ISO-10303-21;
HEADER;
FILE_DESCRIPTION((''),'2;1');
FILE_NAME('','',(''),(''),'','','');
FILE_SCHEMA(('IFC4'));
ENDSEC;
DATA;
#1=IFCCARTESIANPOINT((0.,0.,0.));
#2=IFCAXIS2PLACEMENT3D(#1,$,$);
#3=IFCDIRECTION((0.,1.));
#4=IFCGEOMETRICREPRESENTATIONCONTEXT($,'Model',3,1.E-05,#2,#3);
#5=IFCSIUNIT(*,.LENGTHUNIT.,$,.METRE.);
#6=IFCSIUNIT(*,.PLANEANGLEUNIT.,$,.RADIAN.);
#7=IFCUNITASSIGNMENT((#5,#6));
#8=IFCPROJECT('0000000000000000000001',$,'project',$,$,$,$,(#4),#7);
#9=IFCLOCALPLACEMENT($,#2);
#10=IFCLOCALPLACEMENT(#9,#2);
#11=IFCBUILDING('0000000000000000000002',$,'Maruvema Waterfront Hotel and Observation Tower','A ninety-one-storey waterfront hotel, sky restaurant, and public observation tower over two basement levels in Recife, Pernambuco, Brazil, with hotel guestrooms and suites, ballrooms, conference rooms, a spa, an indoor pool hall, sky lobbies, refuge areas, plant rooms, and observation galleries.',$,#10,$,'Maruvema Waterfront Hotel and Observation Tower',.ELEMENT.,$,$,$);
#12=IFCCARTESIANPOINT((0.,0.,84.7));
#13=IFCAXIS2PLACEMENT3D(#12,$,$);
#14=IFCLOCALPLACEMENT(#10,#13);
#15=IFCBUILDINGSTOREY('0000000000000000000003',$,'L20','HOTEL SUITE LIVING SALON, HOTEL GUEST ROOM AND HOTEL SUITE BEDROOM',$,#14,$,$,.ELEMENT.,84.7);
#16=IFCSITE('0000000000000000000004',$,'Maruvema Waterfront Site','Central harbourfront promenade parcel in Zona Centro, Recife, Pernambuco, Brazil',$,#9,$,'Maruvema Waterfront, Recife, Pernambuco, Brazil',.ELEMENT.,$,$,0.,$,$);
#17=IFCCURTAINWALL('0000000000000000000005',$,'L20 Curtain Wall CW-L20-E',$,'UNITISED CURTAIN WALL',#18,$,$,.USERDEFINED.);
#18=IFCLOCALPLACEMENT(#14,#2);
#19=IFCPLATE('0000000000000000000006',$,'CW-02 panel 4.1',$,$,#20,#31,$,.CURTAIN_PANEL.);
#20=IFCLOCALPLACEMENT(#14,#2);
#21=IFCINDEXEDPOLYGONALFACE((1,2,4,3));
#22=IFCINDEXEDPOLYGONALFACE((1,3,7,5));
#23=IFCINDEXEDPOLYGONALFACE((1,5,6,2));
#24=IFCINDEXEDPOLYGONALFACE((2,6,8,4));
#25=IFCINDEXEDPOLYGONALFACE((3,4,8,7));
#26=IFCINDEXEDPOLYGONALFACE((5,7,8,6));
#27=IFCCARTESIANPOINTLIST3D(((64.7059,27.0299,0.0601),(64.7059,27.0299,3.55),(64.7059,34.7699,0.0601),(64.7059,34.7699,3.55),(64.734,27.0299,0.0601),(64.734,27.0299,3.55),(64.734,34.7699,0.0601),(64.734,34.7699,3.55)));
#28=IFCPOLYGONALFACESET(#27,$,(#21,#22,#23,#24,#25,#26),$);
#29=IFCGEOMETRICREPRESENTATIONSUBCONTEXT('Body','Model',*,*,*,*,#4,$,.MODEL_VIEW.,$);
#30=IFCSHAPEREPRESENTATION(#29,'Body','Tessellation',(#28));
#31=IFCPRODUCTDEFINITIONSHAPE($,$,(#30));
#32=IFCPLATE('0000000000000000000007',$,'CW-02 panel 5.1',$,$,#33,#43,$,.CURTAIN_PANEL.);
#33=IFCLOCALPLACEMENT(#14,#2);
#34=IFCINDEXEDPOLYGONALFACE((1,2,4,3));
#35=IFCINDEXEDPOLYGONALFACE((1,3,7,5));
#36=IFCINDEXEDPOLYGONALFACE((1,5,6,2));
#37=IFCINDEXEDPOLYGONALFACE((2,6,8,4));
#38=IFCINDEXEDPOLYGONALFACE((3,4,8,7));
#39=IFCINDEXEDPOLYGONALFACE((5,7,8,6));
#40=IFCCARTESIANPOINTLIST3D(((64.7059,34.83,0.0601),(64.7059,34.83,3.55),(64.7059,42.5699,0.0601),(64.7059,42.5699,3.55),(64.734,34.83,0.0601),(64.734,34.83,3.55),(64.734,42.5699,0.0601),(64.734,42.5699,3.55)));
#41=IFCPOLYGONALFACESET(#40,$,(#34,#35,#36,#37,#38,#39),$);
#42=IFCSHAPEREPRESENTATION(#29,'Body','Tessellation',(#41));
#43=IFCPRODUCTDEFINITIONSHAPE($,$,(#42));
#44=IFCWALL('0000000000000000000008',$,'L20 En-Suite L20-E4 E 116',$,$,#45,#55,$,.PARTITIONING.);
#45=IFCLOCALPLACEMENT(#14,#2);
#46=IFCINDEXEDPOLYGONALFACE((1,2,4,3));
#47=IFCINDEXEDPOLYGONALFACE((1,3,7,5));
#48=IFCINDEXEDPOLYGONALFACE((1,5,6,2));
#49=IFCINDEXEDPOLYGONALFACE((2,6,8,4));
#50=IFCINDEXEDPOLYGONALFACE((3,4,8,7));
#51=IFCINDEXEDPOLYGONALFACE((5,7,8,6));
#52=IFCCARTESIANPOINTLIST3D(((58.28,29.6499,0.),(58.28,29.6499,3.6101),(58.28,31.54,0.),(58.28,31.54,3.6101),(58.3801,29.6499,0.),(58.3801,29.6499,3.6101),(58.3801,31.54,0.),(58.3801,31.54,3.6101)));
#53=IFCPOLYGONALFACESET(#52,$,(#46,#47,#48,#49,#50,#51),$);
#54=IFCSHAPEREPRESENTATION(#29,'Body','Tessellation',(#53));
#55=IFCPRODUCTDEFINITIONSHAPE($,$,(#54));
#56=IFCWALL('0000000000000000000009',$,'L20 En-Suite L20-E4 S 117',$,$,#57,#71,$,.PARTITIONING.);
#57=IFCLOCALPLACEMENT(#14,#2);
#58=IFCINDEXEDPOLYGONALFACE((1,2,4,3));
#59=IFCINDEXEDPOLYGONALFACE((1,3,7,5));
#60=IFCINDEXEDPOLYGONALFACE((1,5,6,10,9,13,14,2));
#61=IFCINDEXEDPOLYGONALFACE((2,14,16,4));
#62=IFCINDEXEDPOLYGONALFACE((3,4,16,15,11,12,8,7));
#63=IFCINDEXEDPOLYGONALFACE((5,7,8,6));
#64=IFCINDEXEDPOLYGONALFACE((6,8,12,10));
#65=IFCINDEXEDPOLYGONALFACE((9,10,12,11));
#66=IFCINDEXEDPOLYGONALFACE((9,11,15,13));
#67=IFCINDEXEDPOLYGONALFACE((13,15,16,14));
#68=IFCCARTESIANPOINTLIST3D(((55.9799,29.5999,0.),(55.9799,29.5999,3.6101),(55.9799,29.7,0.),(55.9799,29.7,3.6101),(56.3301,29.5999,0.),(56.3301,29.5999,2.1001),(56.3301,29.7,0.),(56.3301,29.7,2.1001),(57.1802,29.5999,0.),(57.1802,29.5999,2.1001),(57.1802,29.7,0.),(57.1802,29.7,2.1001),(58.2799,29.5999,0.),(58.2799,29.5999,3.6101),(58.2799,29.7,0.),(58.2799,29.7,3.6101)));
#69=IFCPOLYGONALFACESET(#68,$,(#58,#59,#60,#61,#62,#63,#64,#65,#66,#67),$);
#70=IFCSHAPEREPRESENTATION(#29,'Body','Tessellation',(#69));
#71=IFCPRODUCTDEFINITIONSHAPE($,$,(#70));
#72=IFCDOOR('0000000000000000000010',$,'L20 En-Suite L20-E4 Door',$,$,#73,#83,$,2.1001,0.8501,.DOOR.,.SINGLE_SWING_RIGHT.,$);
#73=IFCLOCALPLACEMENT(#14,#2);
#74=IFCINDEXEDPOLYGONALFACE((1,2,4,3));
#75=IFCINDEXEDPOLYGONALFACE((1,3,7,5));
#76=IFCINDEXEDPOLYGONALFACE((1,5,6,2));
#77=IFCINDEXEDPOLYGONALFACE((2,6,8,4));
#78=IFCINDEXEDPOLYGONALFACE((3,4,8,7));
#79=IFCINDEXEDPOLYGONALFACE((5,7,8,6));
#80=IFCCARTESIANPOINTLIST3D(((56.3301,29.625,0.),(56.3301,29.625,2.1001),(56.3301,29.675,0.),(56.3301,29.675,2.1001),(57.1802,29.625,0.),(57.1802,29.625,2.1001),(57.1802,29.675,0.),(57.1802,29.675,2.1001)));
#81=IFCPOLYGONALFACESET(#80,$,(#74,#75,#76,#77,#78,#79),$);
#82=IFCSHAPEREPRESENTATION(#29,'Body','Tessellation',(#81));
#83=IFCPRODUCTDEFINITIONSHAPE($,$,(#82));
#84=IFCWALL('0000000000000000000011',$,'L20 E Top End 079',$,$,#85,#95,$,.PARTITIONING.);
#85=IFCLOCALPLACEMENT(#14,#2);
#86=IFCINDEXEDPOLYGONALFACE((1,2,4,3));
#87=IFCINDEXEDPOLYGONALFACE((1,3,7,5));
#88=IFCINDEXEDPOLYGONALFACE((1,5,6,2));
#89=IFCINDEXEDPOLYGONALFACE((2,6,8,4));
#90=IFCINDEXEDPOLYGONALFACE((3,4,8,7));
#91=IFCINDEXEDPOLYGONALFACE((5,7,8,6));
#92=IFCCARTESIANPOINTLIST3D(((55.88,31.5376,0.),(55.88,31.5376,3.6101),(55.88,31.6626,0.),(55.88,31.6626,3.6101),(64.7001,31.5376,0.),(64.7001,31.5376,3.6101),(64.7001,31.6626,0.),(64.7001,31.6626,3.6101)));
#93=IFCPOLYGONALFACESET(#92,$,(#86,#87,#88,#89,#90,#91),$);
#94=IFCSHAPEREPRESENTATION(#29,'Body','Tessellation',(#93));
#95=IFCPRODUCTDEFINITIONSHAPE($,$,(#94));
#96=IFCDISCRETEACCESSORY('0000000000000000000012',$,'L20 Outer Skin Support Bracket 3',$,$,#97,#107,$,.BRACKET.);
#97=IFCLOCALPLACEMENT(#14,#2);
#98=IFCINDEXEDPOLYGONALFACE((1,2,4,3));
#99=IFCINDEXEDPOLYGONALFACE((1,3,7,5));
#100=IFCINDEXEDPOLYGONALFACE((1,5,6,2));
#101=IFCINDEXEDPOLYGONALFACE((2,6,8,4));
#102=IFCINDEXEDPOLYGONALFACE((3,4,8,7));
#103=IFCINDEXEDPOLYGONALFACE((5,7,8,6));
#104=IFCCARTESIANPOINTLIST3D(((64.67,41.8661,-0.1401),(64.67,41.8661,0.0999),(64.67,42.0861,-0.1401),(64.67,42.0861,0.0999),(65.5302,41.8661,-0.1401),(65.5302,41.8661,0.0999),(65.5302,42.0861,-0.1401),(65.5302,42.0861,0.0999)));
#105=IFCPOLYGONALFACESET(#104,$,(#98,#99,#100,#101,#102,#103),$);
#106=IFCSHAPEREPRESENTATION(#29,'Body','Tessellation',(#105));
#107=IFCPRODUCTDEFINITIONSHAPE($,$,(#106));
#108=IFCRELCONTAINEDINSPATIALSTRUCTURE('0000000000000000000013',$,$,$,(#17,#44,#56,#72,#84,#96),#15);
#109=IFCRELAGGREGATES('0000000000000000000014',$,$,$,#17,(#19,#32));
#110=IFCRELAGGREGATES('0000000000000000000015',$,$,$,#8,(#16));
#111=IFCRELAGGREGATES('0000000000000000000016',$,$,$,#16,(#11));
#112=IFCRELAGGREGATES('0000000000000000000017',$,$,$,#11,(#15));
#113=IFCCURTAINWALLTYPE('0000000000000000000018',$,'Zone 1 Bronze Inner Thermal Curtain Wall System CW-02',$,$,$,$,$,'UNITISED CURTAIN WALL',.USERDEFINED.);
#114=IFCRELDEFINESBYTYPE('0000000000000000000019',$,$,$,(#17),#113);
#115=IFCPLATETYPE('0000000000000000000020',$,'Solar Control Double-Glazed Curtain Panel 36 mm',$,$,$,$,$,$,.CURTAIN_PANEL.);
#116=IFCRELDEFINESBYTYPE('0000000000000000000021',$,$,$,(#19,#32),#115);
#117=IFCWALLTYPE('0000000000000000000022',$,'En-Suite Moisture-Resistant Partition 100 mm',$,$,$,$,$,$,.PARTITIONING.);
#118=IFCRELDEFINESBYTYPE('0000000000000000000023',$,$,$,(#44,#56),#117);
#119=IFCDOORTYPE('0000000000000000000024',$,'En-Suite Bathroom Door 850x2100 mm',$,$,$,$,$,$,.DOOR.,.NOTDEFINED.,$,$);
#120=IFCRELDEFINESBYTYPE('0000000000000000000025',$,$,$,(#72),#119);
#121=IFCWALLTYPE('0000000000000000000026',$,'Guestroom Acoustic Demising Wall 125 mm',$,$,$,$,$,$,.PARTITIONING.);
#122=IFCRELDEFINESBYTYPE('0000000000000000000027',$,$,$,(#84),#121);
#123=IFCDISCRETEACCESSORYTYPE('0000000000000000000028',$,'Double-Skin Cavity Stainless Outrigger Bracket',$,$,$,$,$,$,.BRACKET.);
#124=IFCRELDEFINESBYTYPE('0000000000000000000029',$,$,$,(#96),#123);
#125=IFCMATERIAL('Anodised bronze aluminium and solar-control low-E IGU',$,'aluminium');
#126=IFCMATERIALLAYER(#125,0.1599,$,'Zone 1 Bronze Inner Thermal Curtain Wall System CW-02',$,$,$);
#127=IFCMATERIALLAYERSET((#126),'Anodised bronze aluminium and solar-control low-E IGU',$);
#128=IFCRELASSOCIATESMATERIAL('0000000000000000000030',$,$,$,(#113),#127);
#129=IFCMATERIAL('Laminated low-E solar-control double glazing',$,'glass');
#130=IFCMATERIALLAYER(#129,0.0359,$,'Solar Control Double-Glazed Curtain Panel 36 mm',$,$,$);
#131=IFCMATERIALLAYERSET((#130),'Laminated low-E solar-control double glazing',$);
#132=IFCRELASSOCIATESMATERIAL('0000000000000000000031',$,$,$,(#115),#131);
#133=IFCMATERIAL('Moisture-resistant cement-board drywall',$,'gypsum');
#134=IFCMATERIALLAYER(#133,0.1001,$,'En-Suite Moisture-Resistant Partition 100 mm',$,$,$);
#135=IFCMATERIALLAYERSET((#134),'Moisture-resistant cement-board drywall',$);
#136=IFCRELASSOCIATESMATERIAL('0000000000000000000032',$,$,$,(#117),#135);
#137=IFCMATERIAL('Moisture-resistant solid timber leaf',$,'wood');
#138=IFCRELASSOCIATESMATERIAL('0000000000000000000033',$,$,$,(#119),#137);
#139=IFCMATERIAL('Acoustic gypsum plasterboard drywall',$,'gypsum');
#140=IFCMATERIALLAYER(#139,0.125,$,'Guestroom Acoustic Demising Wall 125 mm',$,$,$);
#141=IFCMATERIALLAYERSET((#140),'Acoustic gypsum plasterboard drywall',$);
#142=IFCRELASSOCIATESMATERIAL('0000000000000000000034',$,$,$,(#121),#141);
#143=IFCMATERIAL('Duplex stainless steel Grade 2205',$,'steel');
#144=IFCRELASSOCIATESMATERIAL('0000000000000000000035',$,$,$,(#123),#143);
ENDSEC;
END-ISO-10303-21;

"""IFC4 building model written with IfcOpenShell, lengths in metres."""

from ifc_helpers import new_model, si_unit, direction, frame, frame_2d, origin, origin_2d, place, context, subcontext, project, spatial, rectangle, extrude, material, layer, layer_set, type_object, element, fill, aggregate, save


model = new_model("IFC4")

# Units and contexts
model_context = context("Model", 3, precision=1e-05, world=origin(), true_north=direction((0.0, 1.0)))
body_context = subcontext(model_context, "Body", "Model", "MODEL_VIEW")
ifc_project = project(units=[si_unit("LENGTHUNIT", "METRE"), si_unit("PLANEANGLEUNIT", "RADIAN")], contexts=[model_context])

# Site, building, storey
site_placement = place(None, origin())
site = spatial("IfcSite", under=ifc_project, at=site_placement, Name="Maruvema Waterfront Site", Description="Central harbourfront promenade parcel in Zona Centro, Recife, Pernambuco, Brazil", LongName="Maruvema Waterfront, Recife, Pernambuco, Brazil", CompositionType="ELEMENT", RefElevation=0.0)
building_placement = place(site_placement, origin())
building = spatial("IfcBuilding", under=site, at=building_placement, Name="Maruvema Waterfront Hotel and Observation Tower", Description="A ninety-one-storey waterfront hotel, sky restaurant, and public observation tower over two basement levels in Recife, Pernambuco, Brazil, with hotel guestrooms and suites, ballrooms, conference rooms, a spa, an indoor pool hall, sky lobbies, refuge areas, plant rooms, and observation galleries.", LongName="Maruvema Waterfront Hotel and Observation Tower", CompositionType="ELEMENT")
storey_placement = place(building_placement, frame((0.0, 0.0, 84.7)))
storey = spatial("IfcBuildingStorey", under=building, at=storey_placement, Name="L20", Description="HOTEL SUITE LIVING SALON, HOTEL GUEST ROOM AND HOTEL SUITE BEDROOM", CompositionType="ELEMENT", Elevation=84.7)

# Curtain wall
ifc_material_1 = material(Name="Anodised bronze aluminium and solar-control low-E IGU", Category="aluminium")
ifc_layer_1 = layer(ifc_material_1, 0.1599, Name="Zone 1 Bronze Inner Thermal Curtain Wall System CW-02")
ifc_layer_set_1 = layer_set([ifc_layer_1], Name="Anodised bronze aluminium and solar-control low-E IGU")
curtain_wall_type = type_object("IfcCurtainWallType", Name="Zone 1 Bronze Inner Thermal Curtain Wall System CW-02", ElementType="UNITISED CURTAIN WALL", PredefinedType="USERDEFINED", material=ifc_layer_set_1)
curtain_wall_placement = place(storey_placement, origin())
curtain_wall = element("IfcCurtainWall", 1, at=curtain_wall_placement, inside=storey, type_object=curtain_wall_type, Name="L20 Curtain Wall CW-L20-E", ObjectType="UNITISED CURTAIN WALL", PredefinedType="USERDEFINED")

# Plates
ifc_material_2 = material(Name="Laminated low-E solar-control double glazing", Category="glass")
ifc_layer_2 = layer(ifc_material_2, 0.0359, Name="Solar Control Double-Glazed Curtain Panel 36 mm")
ifc_layer_set_2 = layer_set([ifc_layer_2], Name="Laminated low-E solar-control double glazing")
plate_type = type_object("IfcPlateType", Name="Solar Control Double-Glazed Curtain Panel 36 mm", PredefinedType="CURTAIN_PANEL", material=ifc_layer_set_2)
plate_1_placement = place(storey_placement, frame((64.72, 30.8999, 0.0601), z_axis=(0.0, 0.0, 1.0), x_axis=(0.0, 1.0, 0.0)))
plate_1 = element("IfcPlate", 2, at=plate_1_placement, type_object=plate_type, Name="CW-02 panel 4.1", PredefinedType="CURTAIN_PANEL", context=body_context, shape_type="SweptSolid", body=[
    extrude(rectangle(XDim=7.74, YDim=0.0281, at=origin_2d()), origin(), (0.0, 0.0, 1.0), 3.49),
])
plate_2_placement = place(storey_placement, frame((64.72, 38.7, 0.0601), z_axis=(0.0, 0.0, 1.0), x_axis=(0.0, 1.0, 0.0)))
plate_2 = element("IfcPlate", 3, at=plate_2_placement, type_object=plate_type, Name="CW-02 panel 5.1", PredefinedType="CURTAIN_PANEL", context=body_context, shape_type="SweptSolid", body=[
    extrude(rectangle(XDim=7.74, YDim=0.0281, at=origin_2d()), origin(), (0.0, 0.0, 1.0), 3.49),
])
aggregate(curtain_wall, [plate_1, plate_2])

# Wall
ifc_material_3 = material(Name="Moisture-resistant cement-board drywall", Category="gypsum")
ifc_layer_3 = layer(ifc_material_3, 0.1001, Name="En-Suite Moisture-Resistant Partition 100 mm")
ifc_layer_set_3 = layer_set([ifc_layer_3], Name="Moisture-resistant cement-board drywall")
wall_type_1 = type_object("IfcWallType", Name="En-Suite Moisture-Resistant Partition 100 mm", PredefinedType="PARTITIONING", material=ifc_layer_set_3)
wall_1_placement = place(storey_placement, frame((58.3301, 29.6499, 0.0), z_axis=(0.0, 0.0, 1.0), x_axis=(0.0, 1.0, 0.0)))
element("IfcWall", 4, at=wall_1_placement, inside=storey, type_object=wall_type_1, Name="L20 En-Suite L20-E4 E 116", PredefinedType="PARTITIONING", context=body_context, shape_type="SweptSolid", body=[
    extrude(rectangle(XDim=1.8901, YDim=0.1001, at=frame_2d((0.9451, 0.0))), origin(), (0.0, 0.0, 1.0), 3.6101),
])

# Wall, opening, door
wall_2_placement = place(storey_placement, frame((55.98, 29.6499, 0.0), z_axis=(0.0, 0.0, 1.0), x_axis=(1.0, 0.0, 0.0)))
wall_2 = element("IfcWall", 5, at=wall_2_placement, inside=storey, type_object=wall_type_1, Name="L20 En-Suite L20-E4 S 117", PredefinedType="PARTITIONING", context=body_context, shape_type="SweptSolid", body=[
    extrude(rectangle(XDim=2.3, YDim=0.1001, at=frame_2d((1.1499, 0.0))), origin(), (0.0, 0.0, 1.0), 3.6101),
])
opening_placement = place(wall_2_placement, frame((0.3501, 0.0, 0.0)))
opening = element("IfcOpeningElement", 6, at=opening_placement, cuts=wall_2, PredefinedType="OPENING", context=body_context, shape_type="SweptSolid", body=[
    extrude(rectangle(XDim=0.8501, YDim=2.1001, at=frame_2d((0.425, 1.05))), frame((0.0, 0.0601, 0.0), z_axis=(0.0, -1.0, 0.0), x_axis=(1.0, 0.0, 0.0)), (0.0, 0.0, 1.0), 0.1201),
])
ifc_material_4 = material(Name="Moisture-resistant solid timber leaf", Category="wood")
door_type = type_object("IfcDoorType", Name="En-Suite Bathroom Door 850x2100 mm", OperationType="NOTDEFINED", PredefinedType="DOOR", material=ifc_material_4)
door_placement = place(opening_placement, frame((0.8501, 0.0, 0.0), z_axis=(0.0, 0.0, 1.0), x_axis=(-1.0, 0.0, 0.0)))
door = element("IfcDoor", 7, at=door_placement, inside=storey, type_object=door_type, Name="L20 En-Suite L20-E4 Door", OperationType="SINGLE_SWING_RIGHT", OverallHeight=2.1001, OverallWidth=0.8501, PredefinedType="DOOR", context=body_context, shape_type="SweptSolid", body=[
    extrude(rectangle(XDim=0.8501, YDim=2.1001, at=frame_2d((0.425, 1.05))), frame((0.0, 0.0249, 0.0), z_axis=(0.0, -1.0, 0.0), x_axis=(1.0, 0.0, 0.0)), (0.0, 0.0, 1.0), 0.05),
])
fill(opening, door)

# Wall
ifc_material_5 = material(Name="Acoustic gypsum plasterboard drywall", Category="gypsum")
ifc_layer_4 = layer(ifc_material_5, 0.125, Name="Guestroom Acoustic Demising Wall 125 mm")
ifc_layer_set_4 = layer_set([ifc_layer_4], Name="Acoustic gypsum plasterboard drywall")
wall_type_2 = type_object("IfcWallType", Name="Guestroom Acoustic Demising Wall 125 mm", PredefinedType="PARTITIONING", material=ifc_layer_set_4)
wall_3_placement = place(storey_placement, frame((55.8799, 31.6001, 0.0), z_axis=(0.0, 0.0, 1.0), x_axis=(1.0, 0.0, 0.0)))
element("IfcWall", 8, at=wall_3_placement, inside=storey, type_object=wall_type_2, Name="L20 E Top End 079", PredefinedType="PARTITIONING", context=body_context, shape_type="SweptSolid", body=[
    extrude(rectangle(XDim=8.8201, YDim=0.125, at=frame_2d((4.4102, 0.0))), origin(), (0.0, 0.0, 1.0), 3.6101),
])

# Discrete accessory
ifc_material_6 = material(Name="Duplex stainless steel Grade 2205", Category="steel")
discrete_accessory_type = type_object("IfcDiscreteAccessoryType", Name="Double-Skin Cavity Stainless Outrigger Bracket", PredefinedType="BRACKET", material=ifc_material_6)
discrete_accessory_placement = place(storey_placement, frame((65.1001, 41.9761, -0.1401), z_axis=(0.0, 0.0, 1.0), x_axis=(0.0, 1.0, 0.0)))
element("IfcDiscreteAccessory", 9, at=discrete_accessory_placement, inside=storey, type_object=discrete_accessory_type, Name="L20 Outer Skin Support Bracket 3", PredefinedType="BRACKET", context=body_context, shape_type="SweptSolid", body=[
    extrude(rectangle(XDim=0.22, YDim=0.8601, at=origin_2d()), origin(), (0.0, 0.0, 1.0), 0.24),
])

save(model, "model.ifc")
